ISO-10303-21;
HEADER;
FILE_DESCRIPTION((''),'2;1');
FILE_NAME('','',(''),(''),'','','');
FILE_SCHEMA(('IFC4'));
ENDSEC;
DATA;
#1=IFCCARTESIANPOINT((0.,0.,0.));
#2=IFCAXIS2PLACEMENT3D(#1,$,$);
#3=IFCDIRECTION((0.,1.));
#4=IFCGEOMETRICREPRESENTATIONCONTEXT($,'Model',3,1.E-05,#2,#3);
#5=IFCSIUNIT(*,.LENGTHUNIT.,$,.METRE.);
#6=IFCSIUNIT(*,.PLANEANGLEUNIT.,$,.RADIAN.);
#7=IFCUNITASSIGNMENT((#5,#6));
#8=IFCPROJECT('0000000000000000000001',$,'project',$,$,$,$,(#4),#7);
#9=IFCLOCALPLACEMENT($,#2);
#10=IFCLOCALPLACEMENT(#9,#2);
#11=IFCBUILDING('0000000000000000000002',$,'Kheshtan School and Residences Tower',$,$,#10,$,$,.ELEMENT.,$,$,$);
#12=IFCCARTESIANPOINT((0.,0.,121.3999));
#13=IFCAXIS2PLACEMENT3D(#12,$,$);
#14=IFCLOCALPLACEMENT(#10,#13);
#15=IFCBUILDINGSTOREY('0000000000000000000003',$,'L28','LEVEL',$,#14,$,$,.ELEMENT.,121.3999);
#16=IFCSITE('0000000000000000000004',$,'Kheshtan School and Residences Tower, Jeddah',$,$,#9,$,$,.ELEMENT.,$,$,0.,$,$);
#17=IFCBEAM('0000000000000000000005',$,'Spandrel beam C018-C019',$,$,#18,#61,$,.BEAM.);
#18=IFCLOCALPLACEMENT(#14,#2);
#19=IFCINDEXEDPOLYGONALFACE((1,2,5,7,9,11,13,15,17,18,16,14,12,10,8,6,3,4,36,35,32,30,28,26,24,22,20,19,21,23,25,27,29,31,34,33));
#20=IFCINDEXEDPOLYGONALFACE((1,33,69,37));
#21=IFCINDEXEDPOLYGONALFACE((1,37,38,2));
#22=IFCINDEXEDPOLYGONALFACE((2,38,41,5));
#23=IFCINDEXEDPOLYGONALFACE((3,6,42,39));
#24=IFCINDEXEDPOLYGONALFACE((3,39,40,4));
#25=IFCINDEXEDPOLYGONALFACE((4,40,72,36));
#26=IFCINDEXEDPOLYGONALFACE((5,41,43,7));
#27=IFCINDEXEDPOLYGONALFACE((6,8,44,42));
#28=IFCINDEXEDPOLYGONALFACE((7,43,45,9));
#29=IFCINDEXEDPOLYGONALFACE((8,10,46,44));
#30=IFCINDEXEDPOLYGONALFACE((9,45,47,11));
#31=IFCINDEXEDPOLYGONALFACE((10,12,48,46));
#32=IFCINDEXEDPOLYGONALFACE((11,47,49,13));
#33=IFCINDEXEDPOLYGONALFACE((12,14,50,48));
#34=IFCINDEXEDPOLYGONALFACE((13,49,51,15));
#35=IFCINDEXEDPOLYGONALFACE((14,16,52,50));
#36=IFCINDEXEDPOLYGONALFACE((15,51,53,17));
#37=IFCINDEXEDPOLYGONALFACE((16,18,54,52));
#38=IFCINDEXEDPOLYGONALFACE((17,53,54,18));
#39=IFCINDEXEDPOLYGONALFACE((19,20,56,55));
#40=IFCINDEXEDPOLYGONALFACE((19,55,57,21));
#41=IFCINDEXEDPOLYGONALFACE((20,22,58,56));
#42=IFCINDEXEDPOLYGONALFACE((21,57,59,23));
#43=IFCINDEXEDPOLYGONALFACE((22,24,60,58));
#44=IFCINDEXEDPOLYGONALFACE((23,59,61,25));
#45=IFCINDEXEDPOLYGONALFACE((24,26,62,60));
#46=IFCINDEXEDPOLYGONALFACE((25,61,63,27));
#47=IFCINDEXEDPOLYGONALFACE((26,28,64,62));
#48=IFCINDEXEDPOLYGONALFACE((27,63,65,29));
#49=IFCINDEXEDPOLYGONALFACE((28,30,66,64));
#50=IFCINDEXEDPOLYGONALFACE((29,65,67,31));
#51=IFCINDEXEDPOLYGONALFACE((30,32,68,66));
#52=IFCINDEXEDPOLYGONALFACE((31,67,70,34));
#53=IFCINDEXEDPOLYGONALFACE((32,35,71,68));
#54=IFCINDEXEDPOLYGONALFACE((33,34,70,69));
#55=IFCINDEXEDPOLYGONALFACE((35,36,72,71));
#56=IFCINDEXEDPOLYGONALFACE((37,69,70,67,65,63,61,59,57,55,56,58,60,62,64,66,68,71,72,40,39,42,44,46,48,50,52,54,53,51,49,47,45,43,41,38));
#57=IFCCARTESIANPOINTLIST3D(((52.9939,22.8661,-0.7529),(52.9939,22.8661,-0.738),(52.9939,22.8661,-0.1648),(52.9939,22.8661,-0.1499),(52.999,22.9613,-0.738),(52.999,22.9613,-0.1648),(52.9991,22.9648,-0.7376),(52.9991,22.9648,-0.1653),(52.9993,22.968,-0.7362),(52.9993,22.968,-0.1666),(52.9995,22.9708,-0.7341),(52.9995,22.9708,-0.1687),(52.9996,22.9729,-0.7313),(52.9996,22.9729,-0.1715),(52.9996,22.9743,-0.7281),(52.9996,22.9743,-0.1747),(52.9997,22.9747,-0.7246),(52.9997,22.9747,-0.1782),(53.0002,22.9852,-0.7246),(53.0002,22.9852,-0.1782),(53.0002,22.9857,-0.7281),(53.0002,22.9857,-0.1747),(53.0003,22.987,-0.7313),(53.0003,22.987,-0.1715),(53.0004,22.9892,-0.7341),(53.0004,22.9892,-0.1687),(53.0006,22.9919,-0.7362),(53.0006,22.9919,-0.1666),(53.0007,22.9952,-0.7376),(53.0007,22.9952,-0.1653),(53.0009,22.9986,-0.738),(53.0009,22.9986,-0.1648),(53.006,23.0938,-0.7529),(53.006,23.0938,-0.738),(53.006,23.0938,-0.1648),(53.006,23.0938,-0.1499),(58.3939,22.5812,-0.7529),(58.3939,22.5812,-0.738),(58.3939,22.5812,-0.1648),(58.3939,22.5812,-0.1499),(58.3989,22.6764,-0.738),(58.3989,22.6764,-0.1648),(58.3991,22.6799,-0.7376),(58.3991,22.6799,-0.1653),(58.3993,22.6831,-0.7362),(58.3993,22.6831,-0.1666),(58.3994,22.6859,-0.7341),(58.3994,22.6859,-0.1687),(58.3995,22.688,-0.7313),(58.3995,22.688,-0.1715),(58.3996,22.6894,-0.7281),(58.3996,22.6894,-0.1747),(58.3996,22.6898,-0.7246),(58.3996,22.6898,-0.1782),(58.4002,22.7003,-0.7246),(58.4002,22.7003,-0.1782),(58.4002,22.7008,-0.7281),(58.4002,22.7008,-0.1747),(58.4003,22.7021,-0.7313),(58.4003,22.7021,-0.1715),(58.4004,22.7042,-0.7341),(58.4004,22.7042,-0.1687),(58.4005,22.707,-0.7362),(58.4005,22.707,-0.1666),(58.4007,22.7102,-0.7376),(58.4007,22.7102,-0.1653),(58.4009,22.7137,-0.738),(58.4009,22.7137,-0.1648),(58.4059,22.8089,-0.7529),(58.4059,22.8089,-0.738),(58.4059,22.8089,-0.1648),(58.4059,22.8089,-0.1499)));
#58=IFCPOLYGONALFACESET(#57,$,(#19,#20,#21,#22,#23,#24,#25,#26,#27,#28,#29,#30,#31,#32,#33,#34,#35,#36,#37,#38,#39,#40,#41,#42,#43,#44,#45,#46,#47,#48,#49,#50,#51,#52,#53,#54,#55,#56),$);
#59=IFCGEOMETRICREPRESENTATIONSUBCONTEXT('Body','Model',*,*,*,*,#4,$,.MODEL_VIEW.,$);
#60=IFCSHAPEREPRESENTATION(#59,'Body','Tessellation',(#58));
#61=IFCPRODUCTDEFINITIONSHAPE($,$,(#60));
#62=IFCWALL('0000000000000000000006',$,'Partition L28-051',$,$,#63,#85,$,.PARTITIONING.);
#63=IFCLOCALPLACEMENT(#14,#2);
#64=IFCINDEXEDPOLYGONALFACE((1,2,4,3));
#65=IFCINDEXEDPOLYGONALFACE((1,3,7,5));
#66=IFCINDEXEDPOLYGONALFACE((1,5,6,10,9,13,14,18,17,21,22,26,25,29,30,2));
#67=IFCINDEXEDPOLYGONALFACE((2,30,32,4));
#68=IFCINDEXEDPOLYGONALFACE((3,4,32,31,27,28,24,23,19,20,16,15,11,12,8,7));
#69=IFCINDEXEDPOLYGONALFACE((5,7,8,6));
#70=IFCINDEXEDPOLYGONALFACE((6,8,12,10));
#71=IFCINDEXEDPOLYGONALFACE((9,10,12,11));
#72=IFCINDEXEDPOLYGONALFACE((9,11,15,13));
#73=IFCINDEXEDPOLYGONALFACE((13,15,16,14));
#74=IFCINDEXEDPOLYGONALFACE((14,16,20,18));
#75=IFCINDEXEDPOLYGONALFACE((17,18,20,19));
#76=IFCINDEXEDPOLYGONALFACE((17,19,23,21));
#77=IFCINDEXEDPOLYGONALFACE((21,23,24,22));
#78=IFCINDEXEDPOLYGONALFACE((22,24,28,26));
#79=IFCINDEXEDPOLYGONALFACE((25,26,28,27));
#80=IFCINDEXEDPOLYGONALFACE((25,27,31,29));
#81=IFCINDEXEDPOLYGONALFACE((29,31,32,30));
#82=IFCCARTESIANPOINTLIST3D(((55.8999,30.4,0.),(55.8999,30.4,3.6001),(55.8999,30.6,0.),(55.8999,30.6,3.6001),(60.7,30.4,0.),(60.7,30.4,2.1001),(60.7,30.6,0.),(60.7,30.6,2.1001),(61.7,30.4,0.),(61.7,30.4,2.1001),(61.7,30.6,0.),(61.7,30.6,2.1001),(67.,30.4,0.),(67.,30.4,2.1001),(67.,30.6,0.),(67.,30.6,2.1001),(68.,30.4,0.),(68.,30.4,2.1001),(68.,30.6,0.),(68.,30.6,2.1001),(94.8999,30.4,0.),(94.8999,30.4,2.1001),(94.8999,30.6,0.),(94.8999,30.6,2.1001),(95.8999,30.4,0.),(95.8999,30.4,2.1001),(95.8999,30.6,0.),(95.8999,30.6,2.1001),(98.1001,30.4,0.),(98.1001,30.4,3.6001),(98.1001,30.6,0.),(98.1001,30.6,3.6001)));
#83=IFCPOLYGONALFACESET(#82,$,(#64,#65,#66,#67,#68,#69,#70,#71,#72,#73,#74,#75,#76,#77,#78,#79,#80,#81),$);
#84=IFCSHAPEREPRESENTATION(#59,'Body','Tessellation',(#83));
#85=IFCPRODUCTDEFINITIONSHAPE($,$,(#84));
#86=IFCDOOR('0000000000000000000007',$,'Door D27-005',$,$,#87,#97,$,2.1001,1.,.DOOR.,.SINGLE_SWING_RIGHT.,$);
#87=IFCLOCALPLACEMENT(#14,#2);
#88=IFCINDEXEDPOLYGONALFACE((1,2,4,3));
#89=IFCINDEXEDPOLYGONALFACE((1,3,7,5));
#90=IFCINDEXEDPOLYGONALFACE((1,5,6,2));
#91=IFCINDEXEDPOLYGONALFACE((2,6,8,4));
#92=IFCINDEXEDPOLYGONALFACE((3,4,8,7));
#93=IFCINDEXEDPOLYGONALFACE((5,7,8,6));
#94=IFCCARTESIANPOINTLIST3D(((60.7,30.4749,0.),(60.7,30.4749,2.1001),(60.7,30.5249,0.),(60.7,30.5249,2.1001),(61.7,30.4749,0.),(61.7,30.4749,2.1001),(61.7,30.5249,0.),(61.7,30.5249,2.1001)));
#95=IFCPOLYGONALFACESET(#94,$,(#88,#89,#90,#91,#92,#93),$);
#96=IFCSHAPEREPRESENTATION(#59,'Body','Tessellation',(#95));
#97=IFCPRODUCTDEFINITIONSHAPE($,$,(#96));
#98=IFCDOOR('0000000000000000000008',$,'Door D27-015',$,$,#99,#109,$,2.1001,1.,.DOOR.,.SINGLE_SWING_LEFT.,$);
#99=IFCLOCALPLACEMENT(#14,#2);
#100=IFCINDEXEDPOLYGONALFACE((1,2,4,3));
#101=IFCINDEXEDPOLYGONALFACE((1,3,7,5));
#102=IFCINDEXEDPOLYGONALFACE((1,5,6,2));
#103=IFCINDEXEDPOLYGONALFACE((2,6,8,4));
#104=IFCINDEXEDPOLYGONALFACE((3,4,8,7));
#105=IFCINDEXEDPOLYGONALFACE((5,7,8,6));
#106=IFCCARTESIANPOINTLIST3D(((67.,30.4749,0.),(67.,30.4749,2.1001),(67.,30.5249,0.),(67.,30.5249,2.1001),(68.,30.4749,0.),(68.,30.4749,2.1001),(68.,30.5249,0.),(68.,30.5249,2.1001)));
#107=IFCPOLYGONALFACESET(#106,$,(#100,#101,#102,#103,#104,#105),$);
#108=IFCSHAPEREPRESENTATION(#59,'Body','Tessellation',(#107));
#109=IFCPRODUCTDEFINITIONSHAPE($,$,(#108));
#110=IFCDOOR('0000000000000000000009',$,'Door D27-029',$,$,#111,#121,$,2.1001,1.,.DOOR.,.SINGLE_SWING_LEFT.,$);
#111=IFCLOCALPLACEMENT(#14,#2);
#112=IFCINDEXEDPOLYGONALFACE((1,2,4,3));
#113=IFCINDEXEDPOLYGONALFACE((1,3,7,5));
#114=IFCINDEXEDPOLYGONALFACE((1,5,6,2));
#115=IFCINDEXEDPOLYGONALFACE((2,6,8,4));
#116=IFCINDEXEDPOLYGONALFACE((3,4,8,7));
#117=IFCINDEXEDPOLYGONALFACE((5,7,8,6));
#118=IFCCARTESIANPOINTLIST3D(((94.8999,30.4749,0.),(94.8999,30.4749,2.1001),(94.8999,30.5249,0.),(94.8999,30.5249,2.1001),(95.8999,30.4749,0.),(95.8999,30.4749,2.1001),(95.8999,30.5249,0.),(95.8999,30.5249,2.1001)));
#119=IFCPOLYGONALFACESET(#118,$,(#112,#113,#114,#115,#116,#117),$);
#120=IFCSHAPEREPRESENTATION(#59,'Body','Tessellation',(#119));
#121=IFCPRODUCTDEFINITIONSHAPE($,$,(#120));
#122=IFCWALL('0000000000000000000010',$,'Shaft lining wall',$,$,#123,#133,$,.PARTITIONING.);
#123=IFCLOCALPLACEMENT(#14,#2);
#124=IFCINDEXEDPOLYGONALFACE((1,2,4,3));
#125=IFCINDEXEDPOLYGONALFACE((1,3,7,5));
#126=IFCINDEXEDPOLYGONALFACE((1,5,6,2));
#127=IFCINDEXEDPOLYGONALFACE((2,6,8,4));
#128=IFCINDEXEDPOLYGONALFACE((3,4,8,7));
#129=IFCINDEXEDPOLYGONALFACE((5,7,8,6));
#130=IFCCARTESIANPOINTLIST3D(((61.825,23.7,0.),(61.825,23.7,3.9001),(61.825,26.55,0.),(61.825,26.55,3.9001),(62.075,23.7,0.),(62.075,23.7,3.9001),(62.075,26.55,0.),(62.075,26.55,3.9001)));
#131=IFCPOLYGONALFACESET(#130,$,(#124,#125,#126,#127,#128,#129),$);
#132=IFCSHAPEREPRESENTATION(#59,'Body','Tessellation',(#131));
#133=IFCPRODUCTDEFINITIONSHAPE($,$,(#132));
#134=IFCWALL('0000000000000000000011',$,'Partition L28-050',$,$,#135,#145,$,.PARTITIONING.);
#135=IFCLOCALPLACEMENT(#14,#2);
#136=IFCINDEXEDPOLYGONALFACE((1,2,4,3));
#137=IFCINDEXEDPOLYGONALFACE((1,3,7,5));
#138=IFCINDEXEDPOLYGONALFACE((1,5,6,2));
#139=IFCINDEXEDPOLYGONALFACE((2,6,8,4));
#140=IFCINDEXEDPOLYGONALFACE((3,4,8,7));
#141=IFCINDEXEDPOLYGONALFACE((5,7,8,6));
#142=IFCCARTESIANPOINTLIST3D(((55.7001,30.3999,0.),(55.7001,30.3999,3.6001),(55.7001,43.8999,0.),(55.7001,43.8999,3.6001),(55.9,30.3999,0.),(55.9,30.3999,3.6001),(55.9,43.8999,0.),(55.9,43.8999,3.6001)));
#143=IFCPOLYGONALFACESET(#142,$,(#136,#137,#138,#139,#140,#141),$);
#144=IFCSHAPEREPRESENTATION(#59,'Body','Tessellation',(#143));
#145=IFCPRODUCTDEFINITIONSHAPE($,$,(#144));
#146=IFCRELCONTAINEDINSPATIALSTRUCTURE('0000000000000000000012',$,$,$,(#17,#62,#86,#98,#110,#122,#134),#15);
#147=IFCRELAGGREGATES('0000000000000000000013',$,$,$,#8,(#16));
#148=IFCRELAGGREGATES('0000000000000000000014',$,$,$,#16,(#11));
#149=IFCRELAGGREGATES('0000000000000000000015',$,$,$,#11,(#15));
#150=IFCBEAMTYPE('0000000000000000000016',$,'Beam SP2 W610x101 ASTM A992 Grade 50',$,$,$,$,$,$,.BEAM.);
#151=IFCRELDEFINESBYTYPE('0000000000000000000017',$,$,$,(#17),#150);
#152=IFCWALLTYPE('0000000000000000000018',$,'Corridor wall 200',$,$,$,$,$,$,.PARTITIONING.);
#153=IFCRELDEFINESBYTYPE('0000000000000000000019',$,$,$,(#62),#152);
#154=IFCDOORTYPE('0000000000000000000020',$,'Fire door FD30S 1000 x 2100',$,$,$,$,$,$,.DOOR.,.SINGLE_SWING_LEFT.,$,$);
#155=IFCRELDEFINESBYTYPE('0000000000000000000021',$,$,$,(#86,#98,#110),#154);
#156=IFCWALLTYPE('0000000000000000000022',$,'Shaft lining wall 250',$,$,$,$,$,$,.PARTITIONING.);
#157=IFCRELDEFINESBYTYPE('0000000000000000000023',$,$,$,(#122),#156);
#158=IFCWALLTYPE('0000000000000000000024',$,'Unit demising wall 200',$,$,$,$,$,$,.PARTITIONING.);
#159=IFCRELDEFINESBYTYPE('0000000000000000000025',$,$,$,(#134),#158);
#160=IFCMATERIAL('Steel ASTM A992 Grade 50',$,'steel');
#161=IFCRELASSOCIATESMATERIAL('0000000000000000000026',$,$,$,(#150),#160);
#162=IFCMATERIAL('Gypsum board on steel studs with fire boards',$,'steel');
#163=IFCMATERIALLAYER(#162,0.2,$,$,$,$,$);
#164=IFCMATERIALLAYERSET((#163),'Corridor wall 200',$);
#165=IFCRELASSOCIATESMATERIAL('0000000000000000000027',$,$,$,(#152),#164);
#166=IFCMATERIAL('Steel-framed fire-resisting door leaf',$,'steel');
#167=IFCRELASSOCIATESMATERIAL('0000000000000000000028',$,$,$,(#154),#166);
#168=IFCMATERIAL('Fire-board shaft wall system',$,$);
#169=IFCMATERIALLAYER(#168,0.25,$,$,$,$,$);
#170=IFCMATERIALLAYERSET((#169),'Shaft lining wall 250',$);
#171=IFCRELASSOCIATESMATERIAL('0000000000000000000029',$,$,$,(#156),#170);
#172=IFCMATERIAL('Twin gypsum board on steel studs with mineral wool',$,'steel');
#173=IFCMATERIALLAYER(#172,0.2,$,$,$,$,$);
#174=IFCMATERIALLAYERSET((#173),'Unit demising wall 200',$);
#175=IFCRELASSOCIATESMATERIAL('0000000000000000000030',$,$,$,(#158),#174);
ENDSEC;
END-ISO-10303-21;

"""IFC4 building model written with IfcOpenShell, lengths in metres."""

from ifc_helpers import new_model, si_unit, direction, frame, frame_2d, origin, origin_2d, place, context, subcontext, project, spatial, rectangle, i_section, extrude, source, transform, mapped, material, layer, layer_set, material_profile, profile_set, type_object, element, fill, save


model = new_model("IFC4")

# Units and contexts
model_context = context("Model", 3, precision=1e-05, world=origin(), true_north=direction((0.0, 1.0)))
body_context = subcontext(model_context, "Body", "Model", "MODEL_VIEW")
ifc_project = project(units=[si_unit("LENGTHUNIT", "METRE"), si_unit("PLANEANGLEUNIT", "RADIAN")], contexts=[model_context])

# Site, building, storey
site_placement = place(None, origin())
site = spatial("IfcSite", under=ifc_project, at=site_placement, Name="Kheshtan School and Residences Tower, Jeddah", CompositionType="ELEMENT", RefElevation=0.0)
building_placement = place(site_placement, origin())
building = spatial("IfcBuilding", under=site, at=building_placement, Name="Kheshtan School and Residences Tower", CompositionType="ELEMENT")
storey_placement = place(building_placement, frame((0.0, 0.0, 121.3999)))
storey = spatial("IfcBuildingStorey", under=building, at=storey_placement, Name="L28", Description="LEVEL", CompositionType="ELEMENT", Elevation=121.3999)

# Shared definitions
ifc_material_1 = material(Name="Steel ASTM A992 Grade 50", Category="steel")

# Beam
ifc_material_profile_1 = material_profile(ifc_material_1, i_section(OverallWidth=0.228, OverallDepth=0.603, WebThickness=0.0105, FlangeThickness=0.0149, FilletRadius=0.0134, at=origin_2d()), Name="W610x101")
ifc_profile_set_1 = profile_set([ifc_material_profile_1], Name="Steel ASTM A992 Grade 50")
beam_type_1 = type_object("IfcBeamType", Name="Beam SP2 W610x101 ASTM A992 Grade 50", PredefinedType="BEAM", material=ifc_profile_set_1)
beam_1_placement = place(storey_placement, frame((58.3999, 22.6951, -0.4514), z_axis=(-0.998611, 0.052689, 0.0), x_axis=(-0.052689, -0.998611, 0.0)))
element("IfcBeam", 1, at=beam_1_placement, inside=storey, type_object=beam_type_1, Name="Spandrel beam C018-C019", PredefinedType="BEAM", context=body_context, shape_type="SweptSolid", body=[
    extrude(i_section(OverallWidth=0.228, OverallDepth=0.603, WebThickness=0.0105, FlangeThickness=0.0149, FilletRadius=0.0134, at=origin_2d()), origin(), (0.0, 0.0, 1.0), 5.4075),
])

# Wall, openings, doors
ifc_material_2 = material(Name="Gypsum board on steel studs with fire boards", Category="steel")
ifc_layer_1 = layer(ifc_material_2, 0.2)
ifc_layer_set_1 = layer_set([ifc_layer_1], Name="Corridor wall 200")
wall_type_1 = type_object("IfcWallType", Name="Corridor wall 200", PredefinedType="PARTITIONING", material=ifc_layer_set_1)
wall_1_placement = place(storey_placement, frame((55.8999, 30.5, 0.0), z_axis=(0.0, 0.0, 1.0), x_axis=(1.0, 0.0, 0.0)))
wall_1 = element("IfcWall", 2, at=wall_1_placement, inside=storey, type_object=wall_type_1, Name="Partition L28-051", PredefinedType="PARTITIONING", context=body_context, shape_type="SweptSolid", body=[
    extrude(rectangle(XDim=42.2002, YDim=0.2, at=frame_2d((21.1001, 0.0))), origin(), (0.0, 0.0, 1.0), 3.6001),
])
opening_1_placement = place(wall_1_placement, frame((4.8, 0.0, 0.0)))
opening_1 = element("IfcOpeningElement", 3, at=opening_1_placement, cuts=wall_1, PredefinedType="OPENING", context=body_context, shape_type="SweptSolid", body=[
    extrude(rectangle(XDim=1.0, YDim=2.1001, at=frame_2d((0.5, 1.05))), frame((0.0, 0.1099, 0.0), z_axis=(0.0, -1.0, 0.0), x_axis=(1.0, 0.0, 0.0)), (0.0, 0.0, 1.0), 0.22),
])
opening_2_placement = place(wall_1_placement, frame((11.1001, 0.0, 0.0)))
opening_2 = element("IfcOpeningElement", 4, at=opening_2_placement, cuts=wall_1, PredefinedType="OPENING", context=body_context, shape_type="SweptSolid", body=[
    extrude(rectangle(XDim=1.0, YDim=2.1001, at=frame_2d((0.5, 1.05))), frame((0.0, 0.1099, 0.0), z_axis=(0.0, -1.0, 0.0), x_axis=(1.0, 0.0, 0.0)), (0.0, 0.0, 1.0), 0.22),
])
opening_3_placement = place(wall_1_placement, frame((39.0, 0.0, 0.0)))
opening_3 = element("IfcOpeningElement", 5, at=opening_3_placement, cuts=wall_1, PredefinedType="OPENING", context=body_context, shape_type="SweptSolid", body=[
    extrude(rectangle(XDim=1.0, YDim=2.1001, at=frame_2d((0.5, 1.05))), frame((0.0, 0.1099, 0.0), z_axis=(0.0, -1.0, 0.0), x_axis=(1.0, 0.0, 0.0)), (0.0, 0.0, 1.0), 0.22),
])
ifc_material_3 = material(Name="Steel-framed fire-resisting door leaf", Category="steel")
door_type_1 = type_object("IfcDoorType", Name="Fire door FD30S 1000 x 2100", OperationType="SINGLE_SWING_LEFT", PredefinedType="DOOR", material=ifc_material_3)
shared_shape_1 = source(origin(), body_context, "Body", "SweptSolid", [
    extrude(rectangle(XDim=1.0, YDim=2.1001, at=frame_2d((0.5, 1.05))), frame((0.0, 0.0249, 0.0), z_axis=(0.0, -1.0, 0.0), x_axis=(1.0, 0.0, 0.0)), (0.0, 0.0, 1.0), 0.05),
])
door_1_placement = place(opening_1_placement, origin())
door_1 = element("IfcDoor", 6, at=door_1_placement, inside=storey, type_object=door_type_1, Name="Door D27-005", OperationType="SINGLE_SWING_RIGHT", OverallHeight=2.1001, OverallWidth=1.0, PredefinedType="DOOR", context=body_context, shape_type="MappedRepresentation", body=[
    mapped(shared_shape_1, transform((0.0, 0.0, 0.0), x_axis=(1.0, 0.0, 0.0), y_axis=(0.0, 1.0, 0.0), z_axis=(0.0, 0.0, 1.0), scale=1.0)),
])
fill(opening_1, door_1)
door_2_placement = place(opening_2_placement, origin())
door_2 = element("IfcDoor", 7, at=door_2_placement, inside=storey, type_object=door_type_1, Name="Door D27-015", OperationType="SINGLE_SWING_LEFT", OverallHeight=2.1001, OverallWidth=1.0, PredefinedType="DOOR", context=body_context, shape_type="MappedRepresentation", body=[
    mapped(shared_shape_1, transform((0.0, 0.0, 0.0), x_axis=(1.0, 0.0, 0.0), y_axis=(0.0, 1.0, 0.0), z_axis=(0.0, 0.0, 1.0), scale=1.0)),
])
fill(opening_2, door_2)
door_3_placement = place(opening_3_placement, origin())
door_3 = element("IfcDoor", 8, at=door_3_placement, inside=storey, type_object=door_type_1, Name="Door D27-029", OperationType="SINGLE_SWING_LEFT", OverallHeight=2.1001, OverallWidth=1.0, PredefinedType="DOOR", context=body_context, shape_type="MappedRepresentation", body=[
    mapped(shared_shape_1, transform((0.0, 0.0, 0.0), x_axis=(1.0, 0.0, 0.0), y_axis=(0.0, 1.0, 0.0), z_axis=(0.0, 0.0, 1.0), scale=1.0)),
])
fill(opening_3, door_3)

# Walls
ifc_material_4 = material(Name="Fire-board shaft wall system")
ifc_layer_2 = layer(ifc_material_4, 0.25)
ifc_layer_set_2 = layer_set([ifc_layer_2], Name="Shaft lining wall 250")
wall_type_2 = type_object("IfcWallType", Name="Shaft lining wall 250", PredefinedType="PARTITIONING", material=ifc_layer_set_2)
wall_2_placement = place(storey_placement, frame((61.95, 23.7, 0.0), z_axis=(0.0, 0.0, 1.0), x_axis=(0.0, 1.0, 0.0)))
element("IfcWall", 9, at=wall_2_placement, inside=storey, type_object=wall_type_2, Name="Shaft lining wall", PredefinedType="PARTITIONING", context=body_context, shape_type="SweptSolid", body=[
    extrude(rectangle(XDim=2.8501, YDim=0.25, at=frame_2d((1.425, 0.0))), origin(), (0.0, 0.0, 1.0), 3.9001),
])
ifc_material_5 = material(Name="Twin gypsum board on steel studs with mineral wool", Category="steel")
ifc_layer_3 = layer(ifc_material_5, 0.2)
ifc_layer_set_3 = layer_set([ifc_layer_3], Name="Unit demising wall 200")
wall_type_3 = type_object("IfcWallType", Name="Unit demising wall 200", PredefinedType="PARTITIONING", material=ifc_layer_set_3)
wall_3_placement = place(storey_placement, frame((55.8, 30.3999, 0.0), z_axis=(0.0, 0.0, 1.0), x_axis=(0.0, 1.0, 0.0)))
element("IfcWall", 10, at=wall_3_placement, inside=storey, type_object=wall_type_3, Name="Partition L28-050", PredefinedType="PARTITIONING", context=body_context, shape_type="SweptSolid", body=[
    extrude(rectangle(XDim=13.5, YDim=0.2, at=frame_2d((6.75, 0.0))), origin(), (0.0, 0.0, 1.0), 3.6001),
])

save(model, "model.ifc")
